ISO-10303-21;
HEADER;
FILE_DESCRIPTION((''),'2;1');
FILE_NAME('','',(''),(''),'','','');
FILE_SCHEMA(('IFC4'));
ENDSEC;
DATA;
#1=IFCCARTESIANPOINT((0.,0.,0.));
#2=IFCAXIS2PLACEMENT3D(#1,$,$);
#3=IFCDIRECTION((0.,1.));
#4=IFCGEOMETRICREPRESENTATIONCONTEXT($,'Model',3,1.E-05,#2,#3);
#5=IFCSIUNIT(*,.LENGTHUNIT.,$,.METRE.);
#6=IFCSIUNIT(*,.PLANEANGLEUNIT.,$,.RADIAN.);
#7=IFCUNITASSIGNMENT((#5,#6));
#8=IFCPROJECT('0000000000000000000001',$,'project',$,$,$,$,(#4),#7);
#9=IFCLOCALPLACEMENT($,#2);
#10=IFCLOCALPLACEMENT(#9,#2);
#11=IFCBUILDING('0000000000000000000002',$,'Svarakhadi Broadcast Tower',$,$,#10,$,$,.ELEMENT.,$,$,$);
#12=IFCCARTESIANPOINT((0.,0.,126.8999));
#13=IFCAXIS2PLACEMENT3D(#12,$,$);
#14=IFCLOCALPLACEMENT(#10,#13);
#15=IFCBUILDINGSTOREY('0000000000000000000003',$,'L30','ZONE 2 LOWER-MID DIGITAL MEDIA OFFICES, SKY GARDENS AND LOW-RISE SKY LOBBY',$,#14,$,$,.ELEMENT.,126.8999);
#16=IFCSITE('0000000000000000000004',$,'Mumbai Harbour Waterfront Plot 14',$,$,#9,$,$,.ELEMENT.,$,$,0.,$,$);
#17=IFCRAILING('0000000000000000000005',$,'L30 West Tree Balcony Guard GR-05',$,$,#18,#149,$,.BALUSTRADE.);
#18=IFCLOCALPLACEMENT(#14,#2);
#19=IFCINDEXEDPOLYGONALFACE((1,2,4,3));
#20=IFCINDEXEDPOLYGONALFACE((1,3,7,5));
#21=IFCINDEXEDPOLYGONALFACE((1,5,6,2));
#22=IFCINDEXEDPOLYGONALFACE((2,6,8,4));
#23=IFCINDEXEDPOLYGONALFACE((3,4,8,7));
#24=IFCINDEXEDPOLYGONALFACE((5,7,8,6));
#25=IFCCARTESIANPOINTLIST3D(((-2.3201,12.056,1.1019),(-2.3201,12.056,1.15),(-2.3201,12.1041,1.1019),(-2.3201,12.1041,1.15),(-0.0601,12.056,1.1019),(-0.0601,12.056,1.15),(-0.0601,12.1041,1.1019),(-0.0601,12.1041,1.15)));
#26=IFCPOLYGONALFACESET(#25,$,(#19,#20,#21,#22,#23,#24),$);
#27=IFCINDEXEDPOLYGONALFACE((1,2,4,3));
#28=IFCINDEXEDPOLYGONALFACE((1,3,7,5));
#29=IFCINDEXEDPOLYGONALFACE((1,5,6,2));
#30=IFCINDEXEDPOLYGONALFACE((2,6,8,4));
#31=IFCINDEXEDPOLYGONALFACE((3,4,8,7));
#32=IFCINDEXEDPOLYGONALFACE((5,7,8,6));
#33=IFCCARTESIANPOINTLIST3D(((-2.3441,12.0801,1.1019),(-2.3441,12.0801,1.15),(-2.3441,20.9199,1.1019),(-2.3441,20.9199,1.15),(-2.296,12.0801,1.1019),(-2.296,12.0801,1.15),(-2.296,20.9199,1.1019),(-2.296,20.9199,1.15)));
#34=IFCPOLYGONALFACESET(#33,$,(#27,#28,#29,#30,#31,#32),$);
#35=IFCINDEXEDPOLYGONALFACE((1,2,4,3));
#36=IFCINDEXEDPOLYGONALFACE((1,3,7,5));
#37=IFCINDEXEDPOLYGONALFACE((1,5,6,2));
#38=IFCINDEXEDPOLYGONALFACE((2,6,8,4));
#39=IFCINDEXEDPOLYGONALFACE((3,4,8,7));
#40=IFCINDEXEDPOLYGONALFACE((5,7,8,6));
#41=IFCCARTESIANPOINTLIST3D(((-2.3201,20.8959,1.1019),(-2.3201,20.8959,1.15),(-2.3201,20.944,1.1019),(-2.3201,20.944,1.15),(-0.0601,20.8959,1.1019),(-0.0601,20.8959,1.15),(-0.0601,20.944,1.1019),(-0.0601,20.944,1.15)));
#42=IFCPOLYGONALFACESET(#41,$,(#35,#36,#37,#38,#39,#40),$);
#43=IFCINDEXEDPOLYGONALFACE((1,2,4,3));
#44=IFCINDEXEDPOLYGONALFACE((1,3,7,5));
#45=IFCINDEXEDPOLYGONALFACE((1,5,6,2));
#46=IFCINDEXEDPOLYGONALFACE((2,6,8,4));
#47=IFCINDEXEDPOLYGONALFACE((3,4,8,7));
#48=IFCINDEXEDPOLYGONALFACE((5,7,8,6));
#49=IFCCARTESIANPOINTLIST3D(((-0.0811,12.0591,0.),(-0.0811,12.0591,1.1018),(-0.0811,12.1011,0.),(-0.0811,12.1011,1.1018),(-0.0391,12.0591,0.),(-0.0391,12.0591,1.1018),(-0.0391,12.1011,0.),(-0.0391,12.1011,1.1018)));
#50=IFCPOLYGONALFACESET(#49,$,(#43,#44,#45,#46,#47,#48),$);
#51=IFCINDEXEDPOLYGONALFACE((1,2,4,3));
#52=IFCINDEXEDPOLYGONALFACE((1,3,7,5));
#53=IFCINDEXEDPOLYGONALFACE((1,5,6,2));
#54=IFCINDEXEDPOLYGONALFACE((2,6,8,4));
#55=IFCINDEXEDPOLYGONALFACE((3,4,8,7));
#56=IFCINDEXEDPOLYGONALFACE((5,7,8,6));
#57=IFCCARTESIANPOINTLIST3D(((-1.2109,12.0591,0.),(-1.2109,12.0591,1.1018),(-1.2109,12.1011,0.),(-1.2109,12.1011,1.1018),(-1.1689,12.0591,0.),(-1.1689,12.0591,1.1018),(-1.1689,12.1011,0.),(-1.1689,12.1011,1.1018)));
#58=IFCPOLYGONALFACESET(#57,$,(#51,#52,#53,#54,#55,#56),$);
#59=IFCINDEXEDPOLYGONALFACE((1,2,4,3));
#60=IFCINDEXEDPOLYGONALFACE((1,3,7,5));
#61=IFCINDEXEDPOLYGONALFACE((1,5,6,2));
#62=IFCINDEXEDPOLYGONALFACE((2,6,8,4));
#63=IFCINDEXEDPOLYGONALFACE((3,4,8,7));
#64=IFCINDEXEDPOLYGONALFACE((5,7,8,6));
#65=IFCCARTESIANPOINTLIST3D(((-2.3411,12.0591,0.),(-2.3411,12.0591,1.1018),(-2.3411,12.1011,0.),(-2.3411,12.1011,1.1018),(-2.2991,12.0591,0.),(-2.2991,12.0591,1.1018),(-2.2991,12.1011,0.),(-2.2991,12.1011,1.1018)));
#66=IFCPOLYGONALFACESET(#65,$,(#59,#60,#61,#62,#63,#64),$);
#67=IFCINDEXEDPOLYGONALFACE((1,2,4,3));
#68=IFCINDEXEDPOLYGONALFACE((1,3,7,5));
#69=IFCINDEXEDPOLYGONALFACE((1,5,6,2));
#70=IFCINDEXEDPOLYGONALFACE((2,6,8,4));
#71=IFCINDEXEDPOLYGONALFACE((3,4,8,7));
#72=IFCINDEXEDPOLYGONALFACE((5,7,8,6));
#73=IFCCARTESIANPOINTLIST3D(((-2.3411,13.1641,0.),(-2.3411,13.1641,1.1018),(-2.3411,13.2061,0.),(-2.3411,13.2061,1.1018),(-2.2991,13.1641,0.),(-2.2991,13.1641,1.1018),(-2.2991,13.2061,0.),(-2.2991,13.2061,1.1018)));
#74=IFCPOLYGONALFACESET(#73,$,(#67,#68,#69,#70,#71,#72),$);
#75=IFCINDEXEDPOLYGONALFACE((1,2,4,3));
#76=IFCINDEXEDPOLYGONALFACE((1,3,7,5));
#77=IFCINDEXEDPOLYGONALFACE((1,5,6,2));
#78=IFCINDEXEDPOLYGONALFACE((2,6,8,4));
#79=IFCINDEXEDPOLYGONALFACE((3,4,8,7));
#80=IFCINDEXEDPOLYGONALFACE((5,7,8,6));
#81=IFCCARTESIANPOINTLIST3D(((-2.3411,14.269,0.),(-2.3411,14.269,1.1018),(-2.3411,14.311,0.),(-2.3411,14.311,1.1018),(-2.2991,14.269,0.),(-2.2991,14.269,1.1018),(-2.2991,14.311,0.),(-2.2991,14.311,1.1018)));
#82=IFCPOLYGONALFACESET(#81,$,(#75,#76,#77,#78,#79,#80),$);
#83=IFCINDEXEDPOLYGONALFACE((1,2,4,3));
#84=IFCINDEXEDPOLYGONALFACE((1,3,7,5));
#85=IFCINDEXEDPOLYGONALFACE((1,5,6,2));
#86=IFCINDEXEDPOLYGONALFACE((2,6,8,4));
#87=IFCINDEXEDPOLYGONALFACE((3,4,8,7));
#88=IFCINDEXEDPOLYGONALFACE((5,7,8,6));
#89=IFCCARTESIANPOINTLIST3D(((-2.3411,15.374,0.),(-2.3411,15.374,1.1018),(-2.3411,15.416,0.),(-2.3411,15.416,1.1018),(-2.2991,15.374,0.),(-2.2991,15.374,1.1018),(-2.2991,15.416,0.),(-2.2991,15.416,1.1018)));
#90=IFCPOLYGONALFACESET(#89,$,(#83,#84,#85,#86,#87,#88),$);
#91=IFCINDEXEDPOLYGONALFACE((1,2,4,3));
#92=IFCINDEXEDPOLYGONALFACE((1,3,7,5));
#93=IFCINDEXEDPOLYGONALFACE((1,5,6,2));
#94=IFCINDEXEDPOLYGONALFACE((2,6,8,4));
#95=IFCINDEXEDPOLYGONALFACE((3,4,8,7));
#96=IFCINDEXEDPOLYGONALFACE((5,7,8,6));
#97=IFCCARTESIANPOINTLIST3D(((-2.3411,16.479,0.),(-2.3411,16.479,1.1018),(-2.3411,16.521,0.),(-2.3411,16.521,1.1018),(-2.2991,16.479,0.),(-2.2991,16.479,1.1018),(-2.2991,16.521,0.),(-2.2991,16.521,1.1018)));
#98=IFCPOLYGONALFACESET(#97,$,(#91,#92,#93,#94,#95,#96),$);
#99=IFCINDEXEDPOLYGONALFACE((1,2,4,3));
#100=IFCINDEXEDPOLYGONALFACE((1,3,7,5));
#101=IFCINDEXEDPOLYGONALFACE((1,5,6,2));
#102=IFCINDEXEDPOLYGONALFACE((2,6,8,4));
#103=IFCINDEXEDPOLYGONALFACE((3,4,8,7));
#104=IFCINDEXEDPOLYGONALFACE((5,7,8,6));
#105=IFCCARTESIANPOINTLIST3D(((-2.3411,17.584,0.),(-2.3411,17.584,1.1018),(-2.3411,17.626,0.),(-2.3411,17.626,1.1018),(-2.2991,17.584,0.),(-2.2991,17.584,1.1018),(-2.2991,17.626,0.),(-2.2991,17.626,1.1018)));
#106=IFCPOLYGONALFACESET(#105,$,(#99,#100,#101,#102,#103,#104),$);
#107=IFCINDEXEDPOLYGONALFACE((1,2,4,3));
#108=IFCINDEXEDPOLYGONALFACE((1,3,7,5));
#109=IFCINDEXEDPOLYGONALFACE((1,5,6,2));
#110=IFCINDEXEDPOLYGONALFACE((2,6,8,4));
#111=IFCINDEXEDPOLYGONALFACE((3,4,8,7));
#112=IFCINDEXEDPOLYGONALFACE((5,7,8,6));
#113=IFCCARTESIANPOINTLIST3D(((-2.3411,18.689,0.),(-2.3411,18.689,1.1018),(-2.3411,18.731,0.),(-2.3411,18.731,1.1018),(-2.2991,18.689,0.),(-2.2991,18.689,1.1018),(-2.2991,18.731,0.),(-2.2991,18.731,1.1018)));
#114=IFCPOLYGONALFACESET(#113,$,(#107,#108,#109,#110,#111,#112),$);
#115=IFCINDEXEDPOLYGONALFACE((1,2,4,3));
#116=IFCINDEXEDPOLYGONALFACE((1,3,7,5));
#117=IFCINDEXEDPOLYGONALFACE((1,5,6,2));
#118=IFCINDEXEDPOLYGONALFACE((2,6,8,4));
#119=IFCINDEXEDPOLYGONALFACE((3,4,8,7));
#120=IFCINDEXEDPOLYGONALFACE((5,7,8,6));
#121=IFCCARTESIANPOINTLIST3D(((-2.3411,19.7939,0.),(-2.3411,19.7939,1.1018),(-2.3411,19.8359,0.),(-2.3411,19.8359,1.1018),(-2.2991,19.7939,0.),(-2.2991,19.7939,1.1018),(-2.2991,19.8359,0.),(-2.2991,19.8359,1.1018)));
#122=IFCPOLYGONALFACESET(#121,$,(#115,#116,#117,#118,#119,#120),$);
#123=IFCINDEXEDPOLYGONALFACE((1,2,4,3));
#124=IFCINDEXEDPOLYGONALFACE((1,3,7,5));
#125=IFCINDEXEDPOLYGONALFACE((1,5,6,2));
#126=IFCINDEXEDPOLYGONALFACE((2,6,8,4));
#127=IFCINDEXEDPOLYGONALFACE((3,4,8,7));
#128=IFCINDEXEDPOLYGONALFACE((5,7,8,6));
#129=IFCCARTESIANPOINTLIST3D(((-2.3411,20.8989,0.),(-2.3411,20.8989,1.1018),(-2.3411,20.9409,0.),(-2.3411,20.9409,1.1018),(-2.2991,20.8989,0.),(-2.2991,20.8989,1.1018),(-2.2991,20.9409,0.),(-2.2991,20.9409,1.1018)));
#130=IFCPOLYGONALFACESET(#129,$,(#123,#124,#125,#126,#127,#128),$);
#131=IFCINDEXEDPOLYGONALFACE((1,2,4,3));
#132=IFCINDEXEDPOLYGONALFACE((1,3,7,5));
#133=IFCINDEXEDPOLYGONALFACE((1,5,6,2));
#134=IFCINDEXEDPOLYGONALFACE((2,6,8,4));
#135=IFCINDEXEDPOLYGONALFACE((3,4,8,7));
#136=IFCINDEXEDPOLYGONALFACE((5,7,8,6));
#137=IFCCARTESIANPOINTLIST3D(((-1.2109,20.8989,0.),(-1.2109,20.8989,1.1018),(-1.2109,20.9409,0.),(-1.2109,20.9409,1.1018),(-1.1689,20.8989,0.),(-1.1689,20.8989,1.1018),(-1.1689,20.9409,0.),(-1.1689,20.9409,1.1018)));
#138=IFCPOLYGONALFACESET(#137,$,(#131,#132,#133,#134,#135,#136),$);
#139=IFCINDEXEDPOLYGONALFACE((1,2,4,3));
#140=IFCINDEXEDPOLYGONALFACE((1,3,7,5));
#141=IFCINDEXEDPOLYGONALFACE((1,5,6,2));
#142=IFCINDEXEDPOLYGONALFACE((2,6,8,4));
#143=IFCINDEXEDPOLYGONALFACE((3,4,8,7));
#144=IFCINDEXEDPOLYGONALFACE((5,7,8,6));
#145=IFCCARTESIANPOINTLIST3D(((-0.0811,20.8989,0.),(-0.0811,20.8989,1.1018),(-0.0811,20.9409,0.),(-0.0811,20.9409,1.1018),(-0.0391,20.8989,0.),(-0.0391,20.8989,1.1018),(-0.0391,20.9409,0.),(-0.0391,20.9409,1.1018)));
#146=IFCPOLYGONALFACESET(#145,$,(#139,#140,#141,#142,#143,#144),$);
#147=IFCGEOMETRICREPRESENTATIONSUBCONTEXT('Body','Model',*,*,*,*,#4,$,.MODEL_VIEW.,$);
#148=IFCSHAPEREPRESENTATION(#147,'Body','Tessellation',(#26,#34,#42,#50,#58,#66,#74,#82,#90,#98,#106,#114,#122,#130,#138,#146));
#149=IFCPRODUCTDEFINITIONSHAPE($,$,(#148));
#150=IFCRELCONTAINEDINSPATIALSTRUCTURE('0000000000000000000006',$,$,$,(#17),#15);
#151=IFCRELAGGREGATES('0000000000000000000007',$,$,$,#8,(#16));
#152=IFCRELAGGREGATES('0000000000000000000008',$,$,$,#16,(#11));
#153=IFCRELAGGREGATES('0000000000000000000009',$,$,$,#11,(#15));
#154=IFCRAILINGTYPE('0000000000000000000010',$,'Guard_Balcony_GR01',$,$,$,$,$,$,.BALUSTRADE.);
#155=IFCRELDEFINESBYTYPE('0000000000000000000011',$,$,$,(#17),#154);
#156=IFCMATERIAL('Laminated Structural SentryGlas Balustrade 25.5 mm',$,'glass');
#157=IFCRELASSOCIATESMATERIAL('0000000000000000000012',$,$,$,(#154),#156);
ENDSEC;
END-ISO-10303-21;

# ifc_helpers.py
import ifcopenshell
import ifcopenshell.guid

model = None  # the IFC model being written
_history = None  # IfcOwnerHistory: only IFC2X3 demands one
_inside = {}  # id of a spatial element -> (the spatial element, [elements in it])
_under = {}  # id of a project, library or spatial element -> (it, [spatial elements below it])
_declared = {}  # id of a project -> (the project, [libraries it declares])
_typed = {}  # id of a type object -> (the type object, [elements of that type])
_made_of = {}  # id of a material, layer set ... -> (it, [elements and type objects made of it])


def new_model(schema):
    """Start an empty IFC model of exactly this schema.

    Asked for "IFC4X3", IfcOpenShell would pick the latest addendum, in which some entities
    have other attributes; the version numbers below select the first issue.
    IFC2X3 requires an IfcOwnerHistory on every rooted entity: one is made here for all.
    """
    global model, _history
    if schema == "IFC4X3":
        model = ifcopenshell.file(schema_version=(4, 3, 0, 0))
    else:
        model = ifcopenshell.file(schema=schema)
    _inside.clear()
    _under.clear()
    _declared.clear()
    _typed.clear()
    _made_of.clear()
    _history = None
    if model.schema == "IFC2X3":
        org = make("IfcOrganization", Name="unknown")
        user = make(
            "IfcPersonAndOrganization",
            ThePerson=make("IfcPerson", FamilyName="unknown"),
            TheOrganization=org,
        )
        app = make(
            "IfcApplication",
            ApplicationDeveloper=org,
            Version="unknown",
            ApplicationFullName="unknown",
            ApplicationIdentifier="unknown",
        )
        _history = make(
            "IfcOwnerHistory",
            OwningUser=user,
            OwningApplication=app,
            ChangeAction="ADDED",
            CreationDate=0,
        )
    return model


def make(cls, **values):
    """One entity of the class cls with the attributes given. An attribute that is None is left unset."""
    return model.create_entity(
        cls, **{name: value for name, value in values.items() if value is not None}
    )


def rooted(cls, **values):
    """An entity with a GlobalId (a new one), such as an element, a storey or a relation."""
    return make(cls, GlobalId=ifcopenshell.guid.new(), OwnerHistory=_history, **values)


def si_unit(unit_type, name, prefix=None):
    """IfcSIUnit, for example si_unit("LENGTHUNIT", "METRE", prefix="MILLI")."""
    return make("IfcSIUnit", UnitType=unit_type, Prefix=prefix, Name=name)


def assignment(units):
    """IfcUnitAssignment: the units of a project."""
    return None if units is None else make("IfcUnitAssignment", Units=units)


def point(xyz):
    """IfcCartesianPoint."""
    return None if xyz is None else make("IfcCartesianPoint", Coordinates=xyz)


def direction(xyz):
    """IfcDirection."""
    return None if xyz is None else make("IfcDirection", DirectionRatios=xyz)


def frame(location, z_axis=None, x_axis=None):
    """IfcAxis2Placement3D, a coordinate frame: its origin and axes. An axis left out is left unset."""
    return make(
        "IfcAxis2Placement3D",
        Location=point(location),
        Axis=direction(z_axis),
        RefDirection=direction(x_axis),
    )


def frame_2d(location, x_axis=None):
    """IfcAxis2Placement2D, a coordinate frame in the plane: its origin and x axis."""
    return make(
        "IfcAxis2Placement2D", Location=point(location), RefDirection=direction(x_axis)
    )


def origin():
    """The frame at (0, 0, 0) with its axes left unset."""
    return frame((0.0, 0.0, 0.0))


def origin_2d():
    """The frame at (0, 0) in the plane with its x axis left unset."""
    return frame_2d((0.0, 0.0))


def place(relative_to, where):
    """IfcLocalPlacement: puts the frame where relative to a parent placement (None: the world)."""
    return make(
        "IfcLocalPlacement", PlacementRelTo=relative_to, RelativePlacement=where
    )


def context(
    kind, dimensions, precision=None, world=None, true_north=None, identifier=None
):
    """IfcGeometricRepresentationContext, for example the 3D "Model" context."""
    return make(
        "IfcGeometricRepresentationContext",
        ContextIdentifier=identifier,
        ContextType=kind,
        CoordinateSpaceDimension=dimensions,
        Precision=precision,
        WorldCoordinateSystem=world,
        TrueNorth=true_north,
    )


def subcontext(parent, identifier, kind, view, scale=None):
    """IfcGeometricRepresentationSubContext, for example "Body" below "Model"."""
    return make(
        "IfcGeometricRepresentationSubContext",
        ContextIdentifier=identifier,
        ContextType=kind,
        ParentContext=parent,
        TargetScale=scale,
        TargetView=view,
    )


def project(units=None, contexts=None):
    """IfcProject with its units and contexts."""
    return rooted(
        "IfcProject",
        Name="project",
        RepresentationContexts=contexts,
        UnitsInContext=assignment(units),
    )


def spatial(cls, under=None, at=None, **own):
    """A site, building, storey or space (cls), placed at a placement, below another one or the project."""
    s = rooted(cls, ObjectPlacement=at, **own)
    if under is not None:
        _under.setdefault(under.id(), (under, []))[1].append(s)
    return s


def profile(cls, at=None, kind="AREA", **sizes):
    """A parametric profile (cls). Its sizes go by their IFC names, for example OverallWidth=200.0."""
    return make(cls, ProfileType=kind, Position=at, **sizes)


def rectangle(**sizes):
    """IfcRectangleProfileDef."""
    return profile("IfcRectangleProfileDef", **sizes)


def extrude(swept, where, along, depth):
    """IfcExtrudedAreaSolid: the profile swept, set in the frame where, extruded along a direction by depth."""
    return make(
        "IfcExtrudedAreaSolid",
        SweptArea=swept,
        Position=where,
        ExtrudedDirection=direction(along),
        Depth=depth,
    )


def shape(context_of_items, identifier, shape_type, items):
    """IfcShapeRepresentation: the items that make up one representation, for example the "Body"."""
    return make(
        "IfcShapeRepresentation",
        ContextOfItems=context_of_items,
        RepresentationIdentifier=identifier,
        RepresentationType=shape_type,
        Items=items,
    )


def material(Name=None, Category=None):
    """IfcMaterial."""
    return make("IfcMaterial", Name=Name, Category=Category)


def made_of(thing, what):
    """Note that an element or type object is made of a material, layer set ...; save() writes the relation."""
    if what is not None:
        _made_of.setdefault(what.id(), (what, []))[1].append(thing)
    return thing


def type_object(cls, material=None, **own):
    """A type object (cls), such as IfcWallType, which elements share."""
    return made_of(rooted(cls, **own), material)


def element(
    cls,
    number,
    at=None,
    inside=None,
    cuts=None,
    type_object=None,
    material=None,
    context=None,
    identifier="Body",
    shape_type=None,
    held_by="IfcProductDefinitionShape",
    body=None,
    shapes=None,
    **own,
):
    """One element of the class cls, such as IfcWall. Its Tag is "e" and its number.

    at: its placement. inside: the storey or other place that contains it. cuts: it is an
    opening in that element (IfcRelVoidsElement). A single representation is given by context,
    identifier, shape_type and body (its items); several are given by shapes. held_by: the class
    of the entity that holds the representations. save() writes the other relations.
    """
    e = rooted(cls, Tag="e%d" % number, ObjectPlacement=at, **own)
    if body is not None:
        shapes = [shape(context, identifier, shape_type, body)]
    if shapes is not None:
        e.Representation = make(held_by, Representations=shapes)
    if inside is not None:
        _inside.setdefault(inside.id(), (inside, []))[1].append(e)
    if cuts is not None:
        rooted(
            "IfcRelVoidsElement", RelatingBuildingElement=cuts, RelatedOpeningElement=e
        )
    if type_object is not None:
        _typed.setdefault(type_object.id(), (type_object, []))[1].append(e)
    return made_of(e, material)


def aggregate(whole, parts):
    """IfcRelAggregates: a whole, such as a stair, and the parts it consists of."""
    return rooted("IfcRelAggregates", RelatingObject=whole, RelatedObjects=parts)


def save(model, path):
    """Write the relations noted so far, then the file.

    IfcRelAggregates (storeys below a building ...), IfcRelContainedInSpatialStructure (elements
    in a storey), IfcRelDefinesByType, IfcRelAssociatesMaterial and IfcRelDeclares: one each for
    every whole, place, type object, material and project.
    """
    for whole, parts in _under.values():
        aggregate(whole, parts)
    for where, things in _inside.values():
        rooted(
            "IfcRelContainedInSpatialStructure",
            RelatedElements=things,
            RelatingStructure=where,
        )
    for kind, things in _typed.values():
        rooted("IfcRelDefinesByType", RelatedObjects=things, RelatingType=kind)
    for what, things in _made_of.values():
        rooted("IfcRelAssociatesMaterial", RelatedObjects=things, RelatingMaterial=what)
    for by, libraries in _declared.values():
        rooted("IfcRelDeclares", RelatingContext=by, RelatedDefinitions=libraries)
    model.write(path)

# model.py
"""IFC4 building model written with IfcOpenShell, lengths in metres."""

from ifc_helpers import new_model, si_unit, direction, frame, origin, origin_2d, place, context, subcontext, project, spatial, rectangle, extrude, material, type_object, element, save


model = new_model("IFC4")

# Units and contexts
model_context = context("Model", 3, precision=1e-05, world=origin(), true_north=direction((0.0, 1.0)))
body_context = subcontext(model_context, "Body", "Model", "MODEL_VIEW")
ifc_project = project(units=[si_unit("LENGTHUNIT", "METRE"), si_unit("PLANEANGLEUNIT", "RADIAN")], contexts=[model_context])

# Site, building, storey
site_placement = place(None, origin())
site = spatial("IfcSite", under=ifc_project, at=site_placement, Name="Mumbai Harbour Waterfront Plot 14", CompositionType="ELEMENT", RefElevation=0.0)
building_placement = place(site_placement, origin())
building = spatial("IfcBuilding", under=site, at=building_placement, Name="Svarakhadi Broadcast Tower", CompositionType="ELEMENT")
storey_placement = place(building_placement, frame((0.0, 0.0, 126.8999)))
storey = spatial("IfcBuildingStorey", under=building, at=storey_placement, Name="L30", Description="ZONE 2 LOWER-MID DIGITAL MEDIA OFFICES, SKY GARDENS AND LOW-RISE SKY LOBBY", CompositionType="ELEMENT", Elevation=126.8999)

# Railing
ifc_material_1 = material(Name="Laminated Structural SentryGlas Balustrade 25.5 mm", Category="glass")
railing_type = type_object("IfcRailingType", Name="Guard_Balcony_GR01", PredefinedType="BALUSTRADE", material=ifc_material_1)
railing_placement = place(storey_placement, frame((-0.0601, 12.0801, 0.0)))
element("IfcRailing", 1, at=railing_placement, inside=storey, type_object=railing_type, Name="L30 West Tree Balcony Guard GR-05", PredefinedType="BALUSTRADE", context=body_context, shape_type="SweptSolid", body=[
    extrude(rectangle(XDim=0.0481, YDim=0.0481, at=origin_2d()), frame((0.0, 0.0, 1.126), z_axis=(-1.0, 0.0, 0.0), x_axis=(0.0, -1.0, 0.0)), (0.0, 0.0, 1.0), 2.26),
    extrude(rectangle(XDim=0.0481, YDim=0.0481, at=origin_2d()), frame((-2.26, 0.0, 1.126), z_axis=(0.0, 1.0, 0.0), x_axis=(-1.0, 0.0, 0.0)), (0.0, 0.0, 1.0), 8.8398),
    extrude(rectangle(XDim=0.0481, YDim=0.0481, at=origin_2d()), frame((-2.26, 8.8398, 1.126), z_axis=(1.0, 0.0, 0.0), x_axis=(0.0, 1.0, 0.0)), (0.0, 0.0, 1.0), 2.26),
    extrude(rectangle(XDim=0.042, YDim=0.042, at=origin_2d()), origin(), (0.0, 0.0, 1.0), 1.1018),
    extrude(rectangle(XDim=0.042, YDim=0.042, at=origin_2d()), frame((-1.1299, 0.0, 0.0)), (0.0, 0.0, 1.0), 1.1018),
    extrude(rectangle(XDim=0.042, YDim=0.042, at=origin_2d()), frame((-2.26, 0.0, 0.0)), (0.0, 0.0, 1.0), 1.1018),
    extrude(rectangle(XDim=0.042, YDim=0.042, at=origin_2d()), frame((-2.26, 1.105, 0.0)), (0.0, 0.0, 1.0), 1.1018),
    extrude(rectangle(XDim=0.042, YDim=0.042, at=origin_2d()), frame((-2.26, 2.21, 0.0)), (0.0, 0.0, 1.0), 1.1018),
    extrude(rectangle(XDim=0.042, YDim=0.042, at=origin_2d()), frame((-2.26, 3.3149, 0.0)), (0.0, 0.0, 1.0), 1.1018),
    extrude(rectangle(XDim=0.042, YDim=0.042, at=origin_2d()), frame((-2.26, 4.4199, 0.0)), (0.0, 0.0, 1.0), 1.1018),
    extrude(rectangle(XDim=0.042, YDim=0.042, at=origin_2d()), frame((-2.26, 5.5249, 0.0)), (0.0, 0.0, 1.0), 1.1018),
    extrude(rectangle(XDim=0.042, YDim=0.042, at=origin_2d()), frame((-2.26, 6.6299, 0.0)), (0.0, 0.0, 1.0), 1.1018),
    extrude(rectangle(XDim=0.042, YDim=0.042, at=origin_2d()), frame((-2.26, 7.7349, 0.0)), (0.0, 0.0, 1.0), 1.1018),
    extrude(rectangle(XDim=0.042, YDim=0.042, at=origin_2d()), frame((-2.26, 8.8398, 0.0)), (0.0, 0.0, 1.0), 1.1018),
    extrude(rectangle(XDim=0.042, YDim=0.042, at=origin_2d()), frame((-1.1299, 8.8398, 0.0)), (0.0, 0.0, 1.0), 1.1018),
    extrude(rectangle(XDim=0.042, YDim=0.042, at=origin_2d()), frame((0.0, 8.8398, 0.0)), (0.0, 0.0, 1.0), 1.1018),
])

save(model, "model.ifc")
